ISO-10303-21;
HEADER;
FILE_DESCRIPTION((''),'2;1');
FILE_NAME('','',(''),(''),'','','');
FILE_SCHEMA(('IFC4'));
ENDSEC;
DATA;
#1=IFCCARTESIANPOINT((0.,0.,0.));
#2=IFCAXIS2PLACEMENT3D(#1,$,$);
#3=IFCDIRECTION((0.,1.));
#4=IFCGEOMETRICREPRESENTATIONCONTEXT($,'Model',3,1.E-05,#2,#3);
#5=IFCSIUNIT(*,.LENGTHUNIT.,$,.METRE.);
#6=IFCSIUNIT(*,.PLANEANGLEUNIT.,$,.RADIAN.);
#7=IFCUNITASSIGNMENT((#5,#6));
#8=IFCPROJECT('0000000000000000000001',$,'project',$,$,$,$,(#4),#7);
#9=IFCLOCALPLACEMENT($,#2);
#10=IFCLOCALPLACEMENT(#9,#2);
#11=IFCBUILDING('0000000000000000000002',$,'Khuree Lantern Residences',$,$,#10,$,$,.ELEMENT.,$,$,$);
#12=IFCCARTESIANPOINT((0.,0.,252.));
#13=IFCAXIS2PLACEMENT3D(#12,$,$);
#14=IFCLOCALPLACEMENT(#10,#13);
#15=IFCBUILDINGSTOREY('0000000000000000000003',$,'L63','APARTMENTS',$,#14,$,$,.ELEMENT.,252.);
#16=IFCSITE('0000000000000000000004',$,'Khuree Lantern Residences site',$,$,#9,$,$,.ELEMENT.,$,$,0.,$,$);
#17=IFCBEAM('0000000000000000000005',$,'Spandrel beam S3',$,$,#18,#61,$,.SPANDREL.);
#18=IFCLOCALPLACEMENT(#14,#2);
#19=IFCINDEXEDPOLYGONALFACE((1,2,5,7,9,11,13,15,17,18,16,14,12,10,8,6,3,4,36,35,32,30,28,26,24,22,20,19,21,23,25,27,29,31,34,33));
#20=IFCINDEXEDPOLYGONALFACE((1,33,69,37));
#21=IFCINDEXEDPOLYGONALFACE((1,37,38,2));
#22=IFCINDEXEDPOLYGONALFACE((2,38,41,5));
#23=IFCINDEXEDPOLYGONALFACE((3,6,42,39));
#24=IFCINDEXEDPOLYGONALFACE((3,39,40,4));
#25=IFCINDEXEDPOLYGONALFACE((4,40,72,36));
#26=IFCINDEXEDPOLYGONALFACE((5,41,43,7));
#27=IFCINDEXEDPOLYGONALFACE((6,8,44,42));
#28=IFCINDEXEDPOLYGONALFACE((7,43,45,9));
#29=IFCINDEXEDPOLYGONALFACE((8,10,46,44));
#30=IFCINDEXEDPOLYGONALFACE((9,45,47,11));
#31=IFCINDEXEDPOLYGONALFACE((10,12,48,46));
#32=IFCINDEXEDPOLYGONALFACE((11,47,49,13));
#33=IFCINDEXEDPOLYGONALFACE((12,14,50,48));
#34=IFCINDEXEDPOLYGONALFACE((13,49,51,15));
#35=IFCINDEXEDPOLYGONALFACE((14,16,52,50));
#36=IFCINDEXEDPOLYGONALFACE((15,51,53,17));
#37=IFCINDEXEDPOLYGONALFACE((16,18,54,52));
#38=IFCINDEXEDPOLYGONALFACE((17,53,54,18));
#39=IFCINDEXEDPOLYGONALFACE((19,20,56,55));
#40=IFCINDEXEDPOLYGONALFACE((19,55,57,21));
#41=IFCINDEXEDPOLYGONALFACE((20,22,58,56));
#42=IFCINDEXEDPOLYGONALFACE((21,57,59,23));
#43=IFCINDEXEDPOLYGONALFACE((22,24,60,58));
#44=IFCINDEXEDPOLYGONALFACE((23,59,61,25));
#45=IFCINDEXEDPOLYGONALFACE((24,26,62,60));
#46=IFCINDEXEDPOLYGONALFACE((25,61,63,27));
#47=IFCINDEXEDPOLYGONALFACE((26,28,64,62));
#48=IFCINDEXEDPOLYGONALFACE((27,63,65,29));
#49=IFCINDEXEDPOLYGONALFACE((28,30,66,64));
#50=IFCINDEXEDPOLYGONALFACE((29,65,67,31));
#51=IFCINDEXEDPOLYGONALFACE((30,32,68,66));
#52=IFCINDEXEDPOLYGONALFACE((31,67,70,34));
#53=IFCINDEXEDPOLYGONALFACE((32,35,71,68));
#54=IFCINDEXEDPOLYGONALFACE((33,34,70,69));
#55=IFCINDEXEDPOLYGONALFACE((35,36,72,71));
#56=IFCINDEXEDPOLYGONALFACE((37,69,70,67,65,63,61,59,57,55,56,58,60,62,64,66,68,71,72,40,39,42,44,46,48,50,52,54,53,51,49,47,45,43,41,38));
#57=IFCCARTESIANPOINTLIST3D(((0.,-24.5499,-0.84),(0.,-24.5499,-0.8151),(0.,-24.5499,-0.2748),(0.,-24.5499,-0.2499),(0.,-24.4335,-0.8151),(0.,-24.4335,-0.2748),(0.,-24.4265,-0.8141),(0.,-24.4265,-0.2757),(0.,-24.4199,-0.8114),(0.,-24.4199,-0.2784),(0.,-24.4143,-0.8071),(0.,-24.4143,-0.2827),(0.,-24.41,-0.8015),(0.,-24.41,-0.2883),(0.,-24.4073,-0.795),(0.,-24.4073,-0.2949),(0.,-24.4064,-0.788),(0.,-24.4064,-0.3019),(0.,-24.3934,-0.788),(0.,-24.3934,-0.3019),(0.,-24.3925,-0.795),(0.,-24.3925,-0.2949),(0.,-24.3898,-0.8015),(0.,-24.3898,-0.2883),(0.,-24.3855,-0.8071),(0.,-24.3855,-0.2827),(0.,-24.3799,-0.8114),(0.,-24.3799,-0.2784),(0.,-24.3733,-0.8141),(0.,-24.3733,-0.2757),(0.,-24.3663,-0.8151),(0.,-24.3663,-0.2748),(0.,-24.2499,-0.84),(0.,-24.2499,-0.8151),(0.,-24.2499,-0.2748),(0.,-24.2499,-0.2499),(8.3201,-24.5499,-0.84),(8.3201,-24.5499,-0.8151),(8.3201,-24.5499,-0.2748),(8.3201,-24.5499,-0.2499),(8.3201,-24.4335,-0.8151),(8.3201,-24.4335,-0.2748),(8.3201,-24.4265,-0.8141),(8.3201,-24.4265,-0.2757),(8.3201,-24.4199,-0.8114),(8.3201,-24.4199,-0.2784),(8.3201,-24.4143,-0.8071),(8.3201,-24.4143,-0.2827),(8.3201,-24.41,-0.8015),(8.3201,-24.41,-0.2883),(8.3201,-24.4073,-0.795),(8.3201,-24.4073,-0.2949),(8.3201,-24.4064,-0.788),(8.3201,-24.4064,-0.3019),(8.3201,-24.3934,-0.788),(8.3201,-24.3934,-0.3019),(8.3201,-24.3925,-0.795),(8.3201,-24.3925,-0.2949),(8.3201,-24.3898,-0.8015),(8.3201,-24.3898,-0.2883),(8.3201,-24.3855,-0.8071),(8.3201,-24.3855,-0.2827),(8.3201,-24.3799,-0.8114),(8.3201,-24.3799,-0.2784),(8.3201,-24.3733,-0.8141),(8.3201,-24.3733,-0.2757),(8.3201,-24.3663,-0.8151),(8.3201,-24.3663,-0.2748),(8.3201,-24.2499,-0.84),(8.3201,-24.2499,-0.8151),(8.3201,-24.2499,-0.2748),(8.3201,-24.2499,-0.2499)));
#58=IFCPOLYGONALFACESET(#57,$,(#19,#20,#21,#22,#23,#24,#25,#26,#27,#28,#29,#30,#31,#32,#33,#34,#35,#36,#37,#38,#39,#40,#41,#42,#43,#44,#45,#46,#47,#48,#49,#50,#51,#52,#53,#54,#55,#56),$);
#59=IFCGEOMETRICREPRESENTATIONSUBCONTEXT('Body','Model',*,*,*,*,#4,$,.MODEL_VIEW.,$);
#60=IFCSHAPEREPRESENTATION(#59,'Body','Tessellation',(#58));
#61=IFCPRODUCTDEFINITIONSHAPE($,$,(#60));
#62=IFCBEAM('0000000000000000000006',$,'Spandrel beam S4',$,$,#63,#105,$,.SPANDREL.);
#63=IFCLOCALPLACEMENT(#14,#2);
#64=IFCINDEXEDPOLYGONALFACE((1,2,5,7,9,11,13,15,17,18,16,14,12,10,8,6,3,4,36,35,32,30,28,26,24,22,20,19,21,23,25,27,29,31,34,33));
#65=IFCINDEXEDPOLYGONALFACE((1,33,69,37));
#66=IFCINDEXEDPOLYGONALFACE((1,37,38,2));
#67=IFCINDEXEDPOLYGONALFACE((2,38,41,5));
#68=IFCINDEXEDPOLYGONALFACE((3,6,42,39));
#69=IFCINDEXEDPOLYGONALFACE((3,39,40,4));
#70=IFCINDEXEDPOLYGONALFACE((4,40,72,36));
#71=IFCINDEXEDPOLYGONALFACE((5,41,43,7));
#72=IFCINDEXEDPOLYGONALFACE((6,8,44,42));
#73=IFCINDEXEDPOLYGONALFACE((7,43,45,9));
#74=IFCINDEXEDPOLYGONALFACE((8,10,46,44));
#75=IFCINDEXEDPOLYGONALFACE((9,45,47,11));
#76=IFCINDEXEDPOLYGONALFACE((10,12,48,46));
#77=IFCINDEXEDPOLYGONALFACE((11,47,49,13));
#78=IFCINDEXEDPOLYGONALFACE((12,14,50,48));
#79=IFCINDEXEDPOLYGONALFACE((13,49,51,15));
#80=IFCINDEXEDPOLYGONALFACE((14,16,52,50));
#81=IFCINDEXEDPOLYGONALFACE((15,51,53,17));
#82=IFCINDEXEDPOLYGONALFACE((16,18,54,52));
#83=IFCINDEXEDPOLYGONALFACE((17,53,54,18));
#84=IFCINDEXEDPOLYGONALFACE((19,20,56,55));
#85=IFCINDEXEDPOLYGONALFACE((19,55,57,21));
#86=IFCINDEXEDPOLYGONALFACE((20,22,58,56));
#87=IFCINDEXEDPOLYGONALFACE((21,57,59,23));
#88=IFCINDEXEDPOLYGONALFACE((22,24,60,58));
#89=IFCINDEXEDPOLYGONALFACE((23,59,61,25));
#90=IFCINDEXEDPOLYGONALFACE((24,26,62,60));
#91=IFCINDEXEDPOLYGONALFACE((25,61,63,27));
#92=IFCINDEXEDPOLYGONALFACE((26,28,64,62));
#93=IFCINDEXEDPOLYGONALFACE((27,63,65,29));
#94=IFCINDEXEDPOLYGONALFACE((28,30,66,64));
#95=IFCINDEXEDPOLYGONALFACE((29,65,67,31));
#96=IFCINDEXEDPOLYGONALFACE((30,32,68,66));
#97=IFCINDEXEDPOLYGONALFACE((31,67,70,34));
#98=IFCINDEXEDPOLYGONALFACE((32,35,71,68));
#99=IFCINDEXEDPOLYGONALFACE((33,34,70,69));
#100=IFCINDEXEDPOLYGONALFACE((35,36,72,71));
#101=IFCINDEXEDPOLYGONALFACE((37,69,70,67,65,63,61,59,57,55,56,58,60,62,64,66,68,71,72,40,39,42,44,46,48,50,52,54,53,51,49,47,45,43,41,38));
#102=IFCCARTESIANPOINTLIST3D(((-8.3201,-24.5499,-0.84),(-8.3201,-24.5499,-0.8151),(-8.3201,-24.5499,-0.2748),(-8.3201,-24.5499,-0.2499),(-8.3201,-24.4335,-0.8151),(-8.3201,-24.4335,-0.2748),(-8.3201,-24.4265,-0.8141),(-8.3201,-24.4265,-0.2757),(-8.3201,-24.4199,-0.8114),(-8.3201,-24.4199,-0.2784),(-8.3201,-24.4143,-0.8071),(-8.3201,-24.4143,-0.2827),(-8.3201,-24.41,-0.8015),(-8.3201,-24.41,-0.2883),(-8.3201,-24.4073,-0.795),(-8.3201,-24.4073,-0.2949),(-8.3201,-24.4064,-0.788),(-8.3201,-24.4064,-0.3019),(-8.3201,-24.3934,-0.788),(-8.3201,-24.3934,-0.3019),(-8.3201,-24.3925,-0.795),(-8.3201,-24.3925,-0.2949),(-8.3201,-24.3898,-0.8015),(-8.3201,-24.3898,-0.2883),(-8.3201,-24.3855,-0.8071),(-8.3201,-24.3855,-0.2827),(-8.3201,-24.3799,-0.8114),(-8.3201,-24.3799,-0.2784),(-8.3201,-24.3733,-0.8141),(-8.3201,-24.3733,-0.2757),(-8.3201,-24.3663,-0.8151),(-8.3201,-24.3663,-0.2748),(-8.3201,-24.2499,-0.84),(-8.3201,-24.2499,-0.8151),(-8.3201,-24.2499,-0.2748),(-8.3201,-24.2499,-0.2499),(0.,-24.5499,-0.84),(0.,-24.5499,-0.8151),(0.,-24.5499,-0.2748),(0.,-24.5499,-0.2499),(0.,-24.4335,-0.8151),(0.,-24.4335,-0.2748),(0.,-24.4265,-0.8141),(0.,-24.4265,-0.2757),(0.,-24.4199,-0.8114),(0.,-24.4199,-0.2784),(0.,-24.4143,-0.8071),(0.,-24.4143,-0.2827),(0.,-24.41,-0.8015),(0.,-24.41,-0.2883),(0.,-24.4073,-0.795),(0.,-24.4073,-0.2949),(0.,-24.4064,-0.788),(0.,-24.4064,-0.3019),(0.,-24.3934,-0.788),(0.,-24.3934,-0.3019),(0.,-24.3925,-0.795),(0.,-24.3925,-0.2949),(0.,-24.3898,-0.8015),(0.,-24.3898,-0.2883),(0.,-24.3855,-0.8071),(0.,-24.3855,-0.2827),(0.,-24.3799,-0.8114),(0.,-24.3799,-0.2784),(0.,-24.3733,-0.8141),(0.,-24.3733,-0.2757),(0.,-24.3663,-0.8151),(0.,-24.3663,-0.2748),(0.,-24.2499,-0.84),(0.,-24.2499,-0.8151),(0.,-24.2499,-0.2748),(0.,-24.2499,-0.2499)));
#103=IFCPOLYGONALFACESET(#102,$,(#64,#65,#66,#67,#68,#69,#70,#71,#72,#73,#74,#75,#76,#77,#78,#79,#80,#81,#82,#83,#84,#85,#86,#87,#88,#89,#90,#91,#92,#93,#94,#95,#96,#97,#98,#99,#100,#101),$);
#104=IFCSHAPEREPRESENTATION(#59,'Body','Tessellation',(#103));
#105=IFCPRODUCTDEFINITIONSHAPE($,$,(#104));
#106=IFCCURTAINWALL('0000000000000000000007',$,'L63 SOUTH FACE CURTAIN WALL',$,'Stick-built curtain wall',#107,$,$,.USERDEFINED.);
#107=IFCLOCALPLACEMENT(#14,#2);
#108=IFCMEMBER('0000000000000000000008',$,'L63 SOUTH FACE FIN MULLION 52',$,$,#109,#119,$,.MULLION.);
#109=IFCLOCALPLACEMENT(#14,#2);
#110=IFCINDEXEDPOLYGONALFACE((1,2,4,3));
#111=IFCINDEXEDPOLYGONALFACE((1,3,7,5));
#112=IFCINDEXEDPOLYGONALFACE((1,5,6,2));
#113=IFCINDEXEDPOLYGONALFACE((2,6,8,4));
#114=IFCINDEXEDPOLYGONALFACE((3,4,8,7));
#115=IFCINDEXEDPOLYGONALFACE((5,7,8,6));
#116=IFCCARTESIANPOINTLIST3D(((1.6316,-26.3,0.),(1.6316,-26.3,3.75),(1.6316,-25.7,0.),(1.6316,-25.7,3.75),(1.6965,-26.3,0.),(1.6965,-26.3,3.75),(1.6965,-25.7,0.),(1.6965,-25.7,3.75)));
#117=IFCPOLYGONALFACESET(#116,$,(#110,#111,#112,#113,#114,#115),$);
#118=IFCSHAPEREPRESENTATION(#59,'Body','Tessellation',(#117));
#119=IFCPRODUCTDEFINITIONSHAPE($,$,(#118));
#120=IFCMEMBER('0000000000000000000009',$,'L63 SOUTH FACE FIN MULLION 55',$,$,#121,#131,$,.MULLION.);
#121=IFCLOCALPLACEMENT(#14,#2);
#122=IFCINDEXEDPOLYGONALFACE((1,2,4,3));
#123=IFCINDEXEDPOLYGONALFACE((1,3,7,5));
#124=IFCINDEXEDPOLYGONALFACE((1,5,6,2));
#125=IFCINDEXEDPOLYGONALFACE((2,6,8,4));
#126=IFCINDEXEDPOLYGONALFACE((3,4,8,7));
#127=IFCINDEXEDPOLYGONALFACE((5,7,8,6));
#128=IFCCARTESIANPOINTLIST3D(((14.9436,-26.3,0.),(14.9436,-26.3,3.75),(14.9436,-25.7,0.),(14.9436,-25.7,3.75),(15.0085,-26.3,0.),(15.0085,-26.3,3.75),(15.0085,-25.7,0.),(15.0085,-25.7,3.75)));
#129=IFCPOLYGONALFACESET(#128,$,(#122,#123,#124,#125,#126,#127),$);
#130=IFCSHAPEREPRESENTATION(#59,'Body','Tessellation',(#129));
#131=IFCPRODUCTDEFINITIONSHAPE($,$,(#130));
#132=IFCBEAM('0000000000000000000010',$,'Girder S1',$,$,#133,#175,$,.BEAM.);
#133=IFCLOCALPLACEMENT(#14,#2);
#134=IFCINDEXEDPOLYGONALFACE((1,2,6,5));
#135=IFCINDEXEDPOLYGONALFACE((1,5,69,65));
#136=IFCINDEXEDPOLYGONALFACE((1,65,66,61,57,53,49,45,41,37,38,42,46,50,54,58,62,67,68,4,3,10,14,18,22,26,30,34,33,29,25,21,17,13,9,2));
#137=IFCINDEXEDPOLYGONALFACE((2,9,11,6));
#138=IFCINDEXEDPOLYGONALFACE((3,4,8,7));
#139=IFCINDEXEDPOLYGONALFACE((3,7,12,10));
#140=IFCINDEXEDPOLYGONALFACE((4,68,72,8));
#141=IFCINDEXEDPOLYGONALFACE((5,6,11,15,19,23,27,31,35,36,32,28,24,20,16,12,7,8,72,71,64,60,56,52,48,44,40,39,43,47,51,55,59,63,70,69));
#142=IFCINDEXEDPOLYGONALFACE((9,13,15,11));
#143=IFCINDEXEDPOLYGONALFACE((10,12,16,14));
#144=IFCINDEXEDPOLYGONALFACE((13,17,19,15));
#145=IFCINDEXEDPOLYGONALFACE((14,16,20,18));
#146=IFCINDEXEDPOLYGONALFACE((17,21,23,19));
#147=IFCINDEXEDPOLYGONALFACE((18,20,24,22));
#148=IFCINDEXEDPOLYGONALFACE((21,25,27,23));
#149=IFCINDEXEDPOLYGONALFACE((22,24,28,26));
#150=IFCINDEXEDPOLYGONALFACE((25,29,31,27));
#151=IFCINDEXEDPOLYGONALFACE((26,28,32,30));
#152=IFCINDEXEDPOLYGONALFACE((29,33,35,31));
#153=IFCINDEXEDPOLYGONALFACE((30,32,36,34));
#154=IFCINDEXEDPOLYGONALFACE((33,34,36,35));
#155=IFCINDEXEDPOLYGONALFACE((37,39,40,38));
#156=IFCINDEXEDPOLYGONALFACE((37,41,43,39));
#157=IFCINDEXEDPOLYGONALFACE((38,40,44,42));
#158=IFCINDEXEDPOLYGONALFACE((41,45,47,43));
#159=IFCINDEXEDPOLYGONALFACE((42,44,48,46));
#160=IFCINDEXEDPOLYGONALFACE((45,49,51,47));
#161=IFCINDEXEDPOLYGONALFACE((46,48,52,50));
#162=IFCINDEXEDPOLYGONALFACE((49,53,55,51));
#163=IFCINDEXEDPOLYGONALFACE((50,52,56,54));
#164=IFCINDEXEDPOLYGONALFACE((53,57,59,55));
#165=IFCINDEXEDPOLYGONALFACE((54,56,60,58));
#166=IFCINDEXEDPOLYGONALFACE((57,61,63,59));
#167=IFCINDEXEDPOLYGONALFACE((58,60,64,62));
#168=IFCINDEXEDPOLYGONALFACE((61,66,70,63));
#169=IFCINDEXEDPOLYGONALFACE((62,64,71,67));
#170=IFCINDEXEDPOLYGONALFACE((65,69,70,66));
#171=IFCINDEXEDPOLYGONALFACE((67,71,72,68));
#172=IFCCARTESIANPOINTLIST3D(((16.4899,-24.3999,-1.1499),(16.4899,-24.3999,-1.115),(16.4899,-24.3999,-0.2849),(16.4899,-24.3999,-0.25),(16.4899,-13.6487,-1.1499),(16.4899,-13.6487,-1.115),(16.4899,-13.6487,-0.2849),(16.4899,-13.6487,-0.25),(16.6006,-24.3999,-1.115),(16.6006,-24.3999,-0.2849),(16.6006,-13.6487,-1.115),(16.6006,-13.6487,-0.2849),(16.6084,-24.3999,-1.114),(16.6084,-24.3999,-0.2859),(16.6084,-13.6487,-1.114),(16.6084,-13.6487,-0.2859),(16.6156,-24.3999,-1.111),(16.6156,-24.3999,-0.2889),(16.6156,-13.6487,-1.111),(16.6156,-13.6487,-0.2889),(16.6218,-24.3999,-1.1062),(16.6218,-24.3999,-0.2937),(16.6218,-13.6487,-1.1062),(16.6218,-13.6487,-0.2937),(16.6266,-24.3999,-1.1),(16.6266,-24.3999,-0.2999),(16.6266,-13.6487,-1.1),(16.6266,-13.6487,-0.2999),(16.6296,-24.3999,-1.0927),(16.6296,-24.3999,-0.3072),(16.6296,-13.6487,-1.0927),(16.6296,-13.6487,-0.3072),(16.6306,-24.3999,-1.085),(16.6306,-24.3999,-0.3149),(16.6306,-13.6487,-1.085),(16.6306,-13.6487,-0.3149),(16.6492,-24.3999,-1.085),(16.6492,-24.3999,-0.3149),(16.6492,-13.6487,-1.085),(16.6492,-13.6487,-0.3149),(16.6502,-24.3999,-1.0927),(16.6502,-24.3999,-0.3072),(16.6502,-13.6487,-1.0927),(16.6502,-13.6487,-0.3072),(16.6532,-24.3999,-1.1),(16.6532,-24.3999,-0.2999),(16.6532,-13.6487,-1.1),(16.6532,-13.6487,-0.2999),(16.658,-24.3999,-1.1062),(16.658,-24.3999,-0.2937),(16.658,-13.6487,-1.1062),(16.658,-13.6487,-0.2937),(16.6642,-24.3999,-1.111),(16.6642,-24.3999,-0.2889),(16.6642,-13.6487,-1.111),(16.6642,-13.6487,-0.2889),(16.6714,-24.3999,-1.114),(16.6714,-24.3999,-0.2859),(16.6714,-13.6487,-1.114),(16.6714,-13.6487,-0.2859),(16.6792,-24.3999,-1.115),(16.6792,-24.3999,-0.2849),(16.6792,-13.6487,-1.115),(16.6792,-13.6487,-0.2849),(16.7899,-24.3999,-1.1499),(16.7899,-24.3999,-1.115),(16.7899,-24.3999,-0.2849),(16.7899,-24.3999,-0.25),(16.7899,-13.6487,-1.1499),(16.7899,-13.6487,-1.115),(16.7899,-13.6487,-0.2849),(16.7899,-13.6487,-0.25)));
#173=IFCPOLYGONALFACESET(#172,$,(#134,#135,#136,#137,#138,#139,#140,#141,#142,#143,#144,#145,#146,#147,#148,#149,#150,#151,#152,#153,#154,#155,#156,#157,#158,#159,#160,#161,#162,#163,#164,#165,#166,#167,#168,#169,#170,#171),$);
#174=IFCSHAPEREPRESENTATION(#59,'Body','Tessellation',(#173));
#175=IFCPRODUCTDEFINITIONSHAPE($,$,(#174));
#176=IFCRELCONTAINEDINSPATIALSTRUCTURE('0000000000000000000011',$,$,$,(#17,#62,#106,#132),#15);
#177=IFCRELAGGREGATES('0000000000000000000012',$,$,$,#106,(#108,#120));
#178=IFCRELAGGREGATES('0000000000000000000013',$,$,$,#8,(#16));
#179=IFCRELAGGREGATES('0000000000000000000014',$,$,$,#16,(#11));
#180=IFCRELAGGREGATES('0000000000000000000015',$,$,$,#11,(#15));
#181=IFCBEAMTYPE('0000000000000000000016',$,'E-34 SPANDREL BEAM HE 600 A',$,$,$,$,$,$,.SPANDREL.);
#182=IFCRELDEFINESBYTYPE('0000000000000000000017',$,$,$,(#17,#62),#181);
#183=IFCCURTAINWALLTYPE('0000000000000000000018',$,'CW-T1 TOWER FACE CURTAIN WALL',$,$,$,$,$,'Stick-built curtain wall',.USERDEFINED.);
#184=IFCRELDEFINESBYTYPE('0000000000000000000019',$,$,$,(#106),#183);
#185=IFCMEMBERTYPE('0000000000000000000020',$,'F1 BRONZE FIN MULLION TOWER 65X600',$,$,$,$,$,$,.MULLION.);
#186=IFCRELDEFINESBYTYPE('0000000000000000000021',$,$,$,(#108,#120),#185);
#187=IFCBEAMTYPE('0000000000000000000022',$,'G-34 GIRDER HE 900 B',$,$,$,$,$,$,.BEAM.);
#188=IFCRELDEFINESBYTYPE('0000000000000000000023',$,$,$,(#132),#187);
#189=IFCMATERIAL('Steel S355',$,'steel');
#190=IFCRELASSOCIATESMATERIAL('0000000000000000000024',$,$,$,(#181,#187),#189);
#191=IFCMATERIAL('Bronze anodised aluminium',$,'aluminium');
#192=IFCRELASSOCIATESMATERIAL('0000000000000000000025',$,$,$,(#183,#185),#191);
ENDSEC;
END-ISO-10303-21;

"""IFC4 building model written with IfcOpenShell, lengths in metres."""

from ifc_helpers import new_model, si_unit, direction, frame, origin, origin_2d, place, context, subcontext, project, spatial, rectangle, i_section, extrude, material, material_profile, profile_set, type_object, element, aggregate, save


model = new_model("IFC4")

# Units and contexts
model_context = context("Model", 3, precision=1e-05, world=origin(), true_north=direction((0.0, 1.0)))
body_context = subcontext(model_context, "Body", "Model", "MODEL_VIEW")
ifc_project = project(units=[si_unit("LENGTHUNIT", "METRE"), si_unit("PLANEANGLEUNIT", "RADIAN")], contexts=[model_context])

# Site, building, storey
site_placement = place(None, origin())
site = spatial("IfcSite", under=ifc_project, at=site_placement, Name="Khuree Lantern Residences site", CompositionType="ELEMENT", RefElevation=0.0)
building_placement = place(site_placement, origin())
building = spatial("IfcBuilding", under=site, at=building_placement, Name="Khuree Lantern Residences", CompositionType="ELEMENT")
storey_placement = place(building_placement, frame((0.0, 0.0, 252.0)))
storey = spatial("IfcBuildingStorey", under=building, at=storey_placement, Name="L63", Description="APARTMENTS", CompositionType="ELEMENT", Elevation=252.0)

# Beams
ifc_material_1 = material(Name="Steel S355", Category="steel")
ifc_material_profile_1 = material_profile(ifc_material_1, i_section(OverallWidth=0.3, OverallDepth=0.5901, WebThickness=0.0129, FlangeThickness=0.0249, FilletRadius=0.0271, at=origin_2d()), Name="HE 600 A")
ifc_profile_set_1 = profile_set([ifc_material_profile_1], Name="Steel S355")
beam_type_1 = type_object("IfcBeamType", Name="E-34 SPANDREL BEAM HE 600 A", PredefinedType="SPANDREL", material=ifc_profile_set_1)
for number, where, z_axis, x_axis, name in (
    (1, (8.3201, -24.3999, -0.5449), (-1.0, 0.0, 0.0), (0.0, -1.0, 0.0), "Spandrel beam S3"),
    (2, (0.0, -24.3999, -0.5449), (-1.0, 0.0, 0.0), (0.0, -1.0, 0.0), "Spandrel beam S4"),
):
    element("IfcBeam", number, at=place(storey_placement, frame(where, z_axis=z_axis, x_axis=x_axis)), inside=storey, type_object=beam_type_1, Name=name, PredefinedType="SPANDREL", context=body_context, shape_type="SweptSolid", body=[
        extrude(i_section(OverallWidth=0.3, OverallDepth=0.5901, WebThickness=0.0129, FlangeThickness=0.0249, FilletRadius=0.0271, at=origin_2d()), origin(), (0.0, 0.0, 1.0), 8.3201),
    ])

# Curtain wall, members
ifc_material_2 = material(Name="Bronze anodised aluminium", Category="aluminium")
curtain_wall_type = type_object("IfcCurtainWallType", Name="CW-T1 TOWER FACE CURTAIN WALL", ElementType="Stick-built curtain wall", PredefinedType="USERDEFINED", material=ifc_material_2)
curtain_wall_placement = place(storey_placement, origin())
curtain_wall = element("IfcCurtainWall", 3, at=curtain_wall_placement, inside=storey, type_object=curtain_wall_type, Name="L63 SOUTH FACE CURTAIN WALL", ObjectType="Stick-built curtain wall", PredefinedType="USERDEFINED")
ifc_material_profile_2 = material_profile(ifc_material_2, rectangle(XDim=0.0649, YDim=0.6001, at=origin_2d()), Name="F1 65X600")
ifc_profile_set_2 = profile_set([ifc_material_profile_2], Name="Bronze anodised aluminium")
member_type_1 = type_object("IfcMemberType", Name="F1 BRONZE FIN MULLION TOWER 65X600", PredefinedType="MULLION", material=ifc_profile_set_2)
member_1_placement = place(storey_placement, frame((1.6641, -26.0, 0.0), z_axis=(0.0, 0.0, 1.0), x_axis=(1.0, 0.0, 0.0)))
member_1 = element("IfcMember", 4, at=member_1_placement, type_object=member_type_1, Name="L63 SOUTH FACE FIN MULLION 52", PredefinedType="MULLION", context=body_context, shape_type="SweptSolid", body=[
    extrude(rectangle(XDim=0.0649, YDim=0.6001, at=origin_2d()), origin(), (0.0, 0.0, 1.0), 3.75),
])
member_2_placement = place(storey_placement, frame((14.9761, -26.0, 0.0), z_axis=(0.0, 0.0, 1.0), x_axis=(1.0, 0.0, 0.0)))
member_2 = element("IfcMember", 5, at=member_2_placement, type_object=member_type_1, Name="L63 SOUTH FACE FIN MULLION 55", PredefinedType="MULLION", context=body_context, shape_type="SweptSolid", body=[
    extrude(rectangle(XDim=0.0649, YDim=0.6001, at=origin_2d()), origin(), (0.0, 0.0, 1.0), 3.75),
])

# Beam
ifc_material_profile_3 = material_profile(ifc_material_1, i_section(OverallWidth=0.3, OverallDepth=0.8999, WebThickness=0.0186, FlangeThickness=0.0349, FilletRadius=0.03, at=origin_2d()), Name="HE 900 B")
ifc_profile_set_3 = profile_set([ifc_material_profile_3], Name="Steel S355")
beam_type_2 = type_object("IfcBeamType", Name="G-34 GIRDER HE 900 B", PredefinedType="BEAM", material=ifc_profile_set_3)
beam_1_placement = place(storey_placement, frame((16.6399, -24.3999, -0.7), z_axis=(0.0, 1.0, 0.0), x_axis=(-1.0, 0.0, 0.0)))
element("IfcBeam", 6, at=beam_1_placement, inside=storey, type_object=beam_type_2, Name="Girder S1", PredefinedType="BEAM", context=body_context, shape_type="SweptSolid", body=[
    extrude(i_section(OverallWidth=0.3, OverallDepth=0.8999, WebThickness=0.0186, FlangeThickness=0.0349, FilletRadius=0.03, at=origin_2d()), origin(), (0.0, 0.0, 1.0), 10.7512),
])

aggregate(curtain_wall, [member_1, member_2])

save(model, "model.ifc")
